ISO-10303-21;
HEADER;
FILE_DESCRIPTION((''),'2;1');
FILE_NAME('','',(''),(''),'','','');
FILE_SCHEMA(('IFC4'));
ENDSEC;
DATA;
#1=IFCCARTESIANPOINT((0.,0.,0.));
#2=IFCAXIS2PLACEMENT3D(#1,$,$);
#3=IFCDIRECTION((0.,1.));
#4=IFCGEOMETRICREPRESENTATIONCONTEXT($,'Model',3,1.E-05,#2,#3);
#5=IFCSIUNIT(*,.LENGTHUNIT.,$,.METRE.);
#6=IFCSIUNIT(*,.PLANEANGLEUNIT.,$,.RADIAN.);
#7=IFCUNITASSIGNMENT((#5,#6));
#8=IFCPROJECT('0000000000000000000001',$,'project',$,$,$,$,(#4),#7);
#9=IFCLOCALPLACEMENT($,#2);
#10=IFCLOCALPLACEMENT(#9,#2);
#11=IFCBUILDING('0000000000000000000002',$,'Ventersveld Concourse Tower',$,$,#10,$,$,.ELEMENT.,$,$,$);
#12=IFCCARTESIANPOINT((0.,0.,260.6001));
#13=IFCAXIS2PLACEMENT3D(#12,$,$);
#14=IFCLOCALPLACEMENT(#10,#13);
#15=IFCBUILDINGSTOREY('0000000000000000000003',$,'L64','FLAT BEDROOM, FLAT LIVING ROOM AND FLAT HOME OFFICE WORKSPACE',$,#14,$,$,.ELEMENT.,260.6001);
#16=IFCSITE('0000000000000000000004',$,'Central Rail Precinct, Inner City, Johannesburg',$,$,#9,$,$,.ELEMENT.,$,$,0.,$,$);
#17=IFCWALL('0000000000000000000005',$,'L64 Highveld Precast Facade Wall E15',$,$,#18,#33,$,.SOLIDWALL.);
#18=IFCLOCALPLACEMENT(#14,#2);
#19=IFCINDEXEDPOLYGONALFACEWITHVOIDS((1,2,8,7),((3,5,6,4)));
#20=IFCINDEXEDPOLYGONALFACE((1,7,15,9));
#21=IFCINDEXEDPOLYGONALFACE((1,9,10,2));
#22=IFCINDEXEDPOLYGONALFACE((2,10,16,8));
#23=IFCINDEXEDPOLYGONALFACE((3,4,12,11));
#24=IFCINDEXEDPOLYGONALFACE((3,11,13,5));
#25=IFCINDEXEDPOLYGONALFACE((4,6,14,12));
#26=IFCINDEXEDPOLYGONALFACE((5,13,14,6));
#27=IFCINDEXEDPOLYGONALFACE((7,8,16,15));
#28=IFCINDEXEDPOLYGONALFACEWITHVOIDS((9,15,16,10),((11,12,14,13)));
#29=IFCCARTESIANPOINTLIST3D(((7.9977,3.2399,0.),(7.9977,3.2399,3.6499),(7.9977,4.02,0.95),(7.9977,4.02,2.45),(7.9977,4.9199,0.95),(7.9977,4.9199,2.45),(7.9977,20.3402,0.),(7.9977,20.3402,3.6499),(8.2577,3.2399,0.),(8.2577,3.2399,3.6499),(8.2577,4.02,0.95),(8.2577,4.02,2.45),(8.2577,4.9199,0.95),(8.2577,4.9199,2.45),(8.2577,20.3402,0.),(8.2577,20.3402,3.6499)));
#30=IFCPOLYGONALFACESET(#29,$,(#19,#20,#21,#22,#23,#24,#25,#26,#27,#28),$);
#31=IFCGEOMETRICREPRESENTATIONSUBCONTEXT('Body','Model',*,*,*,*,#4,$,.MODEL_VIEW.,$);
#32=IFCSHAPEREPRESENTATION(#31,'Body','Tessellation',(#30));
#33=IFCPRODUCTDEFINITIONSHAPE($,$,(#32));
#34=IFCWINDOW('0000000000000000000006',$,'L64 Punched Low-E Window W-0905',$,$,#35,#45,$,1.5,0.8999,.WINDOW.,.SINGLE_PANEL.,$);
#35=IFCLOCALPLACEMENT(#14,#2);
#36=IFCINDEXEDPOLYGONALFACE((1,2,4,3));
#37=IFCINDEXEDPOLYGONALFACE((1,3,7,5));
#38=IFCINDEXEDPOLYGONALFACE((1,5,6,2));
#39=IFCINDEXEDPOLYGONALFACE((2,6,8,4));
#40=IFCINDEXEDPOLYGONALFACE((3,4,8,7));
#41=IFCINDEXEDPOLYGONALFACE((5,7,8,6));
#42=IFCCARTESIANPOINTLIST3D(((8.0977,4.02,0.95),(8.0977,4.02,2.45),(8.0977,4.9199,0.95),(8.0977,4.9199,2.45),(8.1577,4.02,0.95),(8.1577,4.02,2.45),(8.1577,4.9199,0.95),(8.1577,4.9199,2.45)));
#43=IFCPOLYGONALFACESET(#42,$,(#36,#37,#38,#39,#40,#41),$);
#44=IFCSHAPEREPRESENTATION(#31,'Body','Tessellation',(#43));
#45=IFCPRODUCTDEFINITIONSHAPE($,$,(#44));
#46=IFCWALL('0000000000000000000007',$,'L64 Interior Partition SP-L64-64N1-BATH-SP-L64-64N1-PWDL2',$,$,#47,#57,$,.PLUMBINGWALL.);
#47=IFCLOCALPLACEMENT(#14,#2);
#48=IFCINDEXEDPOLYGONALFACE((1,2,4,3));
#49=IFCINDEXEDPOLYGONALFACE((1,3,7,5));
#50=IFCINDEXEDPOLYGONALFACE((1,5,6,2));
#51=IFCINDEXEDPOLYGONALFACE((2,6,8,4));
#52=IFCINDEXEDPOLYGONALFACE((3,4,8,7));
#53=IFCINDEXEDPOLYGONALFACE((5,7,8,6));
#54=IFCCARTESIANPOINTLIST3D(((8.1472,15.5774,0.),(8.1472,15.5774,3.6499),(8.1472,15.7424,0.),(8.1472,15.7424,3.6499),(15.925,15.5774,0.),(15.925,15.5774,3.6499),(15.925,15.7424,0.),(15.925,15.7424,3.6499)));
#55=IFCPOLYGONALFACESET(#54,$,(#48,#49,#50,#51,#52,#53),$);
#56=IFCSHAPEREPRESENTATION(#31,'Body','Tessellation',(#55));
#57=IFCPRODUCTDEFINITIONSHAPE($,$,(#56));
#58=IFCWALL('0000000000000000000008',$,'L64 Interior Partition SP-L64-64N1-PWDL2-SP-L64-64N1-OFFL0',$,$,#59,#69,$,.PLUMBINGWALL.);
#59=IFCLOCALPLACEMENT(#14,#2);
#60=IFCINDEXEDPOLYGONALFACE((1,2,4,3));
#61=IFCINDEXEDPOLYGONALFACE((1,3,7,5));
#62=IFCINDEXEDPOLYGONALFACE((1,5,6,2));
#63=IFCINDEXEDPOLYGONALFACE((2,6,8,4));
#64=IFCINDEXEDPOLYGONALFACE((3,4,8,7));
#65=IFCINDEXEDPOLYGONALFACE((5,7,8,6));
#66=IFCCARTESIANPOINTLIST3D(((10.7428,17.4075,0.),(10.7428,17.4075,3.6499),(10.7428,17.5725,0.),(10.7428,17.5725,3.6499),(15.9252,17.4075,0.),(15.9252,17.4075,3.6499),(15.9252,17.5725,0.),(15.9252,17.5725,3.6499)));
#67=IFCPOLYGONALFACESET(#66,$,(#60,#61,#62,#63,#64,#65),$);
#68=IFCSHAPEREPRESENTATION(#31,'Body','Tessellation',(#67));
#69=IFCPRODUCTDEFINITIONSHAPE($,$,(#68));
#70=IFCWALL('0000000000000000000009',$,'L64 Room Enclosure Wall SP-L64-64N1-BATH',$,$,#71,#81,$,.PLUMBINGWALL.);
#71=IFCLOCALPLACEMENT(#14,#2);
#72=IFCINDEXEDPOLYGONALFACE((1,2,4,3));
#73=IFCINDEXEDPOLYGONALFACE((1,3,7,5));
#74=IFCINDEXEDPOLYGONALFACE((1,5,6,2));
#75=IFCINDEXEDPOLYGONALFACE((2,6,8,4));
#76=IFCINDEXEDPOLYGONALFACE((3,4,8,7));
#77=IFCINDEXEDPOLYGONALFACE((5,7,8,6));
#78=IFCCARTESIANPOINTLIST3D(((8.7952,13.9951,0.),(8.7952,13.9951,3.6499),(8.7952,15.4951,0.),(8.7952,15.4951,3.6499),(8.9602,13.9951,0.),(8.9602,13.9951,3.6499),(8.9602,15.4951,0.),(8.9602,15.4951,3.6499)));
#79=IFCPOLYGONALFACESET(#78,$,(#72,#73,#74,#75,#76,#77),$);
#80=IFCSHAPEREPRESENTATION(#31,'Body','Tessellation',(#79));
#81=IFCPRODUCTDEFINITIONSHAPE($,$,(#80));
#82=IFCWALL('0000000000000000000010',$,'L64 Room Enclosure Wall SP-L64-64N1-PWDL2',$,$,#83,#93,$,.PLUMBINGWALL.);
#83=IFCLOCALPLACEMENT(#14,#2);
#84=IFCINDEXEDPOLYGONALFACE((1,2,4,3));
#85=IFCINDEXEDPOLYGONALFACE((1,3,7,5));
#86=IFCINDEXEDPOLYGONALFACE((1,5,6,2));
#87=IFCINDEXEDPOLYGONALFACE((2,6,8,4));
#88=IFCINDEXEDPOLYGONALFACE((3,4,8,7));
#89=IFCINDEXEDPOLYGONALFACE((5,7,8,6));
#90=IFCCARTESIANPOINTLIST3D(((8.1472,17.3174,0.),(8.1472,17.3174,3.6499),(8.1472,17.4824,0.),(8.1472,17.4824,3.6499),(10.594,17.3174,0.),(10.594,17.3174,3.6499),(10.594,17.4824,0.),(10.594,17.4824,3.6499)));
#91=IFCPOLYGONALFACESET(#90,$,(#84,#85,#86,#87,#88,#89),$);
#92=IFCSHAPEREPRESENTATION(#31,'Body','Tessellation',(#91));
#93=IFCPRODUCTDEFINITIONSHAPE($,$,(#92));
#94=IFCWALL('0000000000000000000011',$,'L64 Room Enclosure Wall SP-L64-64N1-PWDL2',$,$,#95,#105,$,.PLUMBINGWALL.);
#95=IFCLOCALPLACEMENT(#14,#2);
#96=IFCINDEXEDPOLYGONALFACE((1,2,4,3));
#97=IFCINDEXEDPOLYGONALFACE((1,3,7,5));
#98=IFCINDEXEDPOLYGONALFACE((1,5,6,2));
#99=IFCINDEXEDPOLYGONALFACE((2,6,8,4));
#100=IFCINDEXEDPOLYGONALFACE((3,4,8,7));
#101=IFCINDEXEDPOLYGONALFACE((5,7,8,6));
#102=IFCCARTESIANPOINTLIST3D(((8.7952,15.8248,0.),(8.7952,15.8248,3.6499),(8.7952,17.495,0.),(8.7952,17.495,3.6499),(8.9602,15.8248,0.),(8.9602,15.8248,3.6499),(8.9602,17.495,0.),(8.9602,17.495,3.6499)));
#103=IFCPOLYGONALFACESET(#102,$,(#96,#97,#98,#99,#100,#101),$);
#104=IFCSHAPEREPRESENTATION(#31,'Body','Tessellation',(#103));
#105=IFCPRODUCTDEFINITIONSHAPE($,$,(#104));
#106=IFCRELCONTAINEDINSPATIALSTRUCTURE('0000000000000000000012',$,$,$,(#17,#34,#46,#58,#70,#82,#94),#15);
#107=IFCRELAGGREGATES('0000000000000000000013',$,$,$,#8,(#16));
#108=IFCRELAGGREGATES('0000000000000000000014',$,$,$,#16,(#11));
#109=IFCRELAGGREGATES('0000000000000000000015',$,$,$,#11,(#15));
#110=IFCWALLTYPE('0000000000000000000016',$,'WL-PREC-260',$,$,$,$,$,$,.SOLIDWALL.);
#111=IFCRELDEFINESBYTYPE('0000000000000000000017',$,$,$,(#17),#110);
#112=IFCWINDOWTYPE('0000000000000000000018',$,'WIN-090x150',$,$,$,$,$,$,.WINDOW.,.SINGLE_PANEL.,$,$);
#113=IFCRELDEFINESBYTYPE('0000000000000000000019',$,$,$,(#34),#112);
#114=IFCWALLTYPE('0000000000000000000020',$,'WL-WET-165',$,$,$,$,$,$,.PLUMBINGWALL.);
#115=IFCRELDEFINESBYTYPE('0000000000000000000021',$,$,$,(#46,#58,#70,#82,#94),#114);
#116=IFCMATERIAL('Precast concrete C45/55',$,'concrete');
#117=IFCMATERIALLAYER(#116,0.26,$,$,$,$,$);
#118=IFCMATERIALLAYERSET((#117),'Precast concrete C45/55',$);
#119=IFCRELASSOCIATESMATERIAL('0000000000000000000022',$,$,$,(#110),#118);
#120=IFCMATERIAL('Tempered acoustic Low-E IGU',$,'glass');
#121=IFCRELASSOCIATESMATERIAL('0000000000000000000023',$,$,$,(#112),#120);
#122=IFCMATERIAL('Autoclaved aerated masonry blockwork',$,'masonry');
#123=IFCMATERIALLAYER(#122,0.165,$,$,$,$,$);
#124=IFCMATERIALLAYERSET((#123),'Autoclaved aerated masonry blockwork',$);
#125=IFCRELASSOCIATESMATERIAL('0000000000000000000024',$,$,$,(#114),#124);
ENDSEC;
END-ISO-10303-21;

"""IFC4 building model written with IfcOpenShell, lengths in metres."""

from ifc_helpers import new_model, si_unit, direction, frame, frame_2d, origin, place, context, subcontext, project, spatial, rectangle, extrude, material, layer, layer_set, type_object, element, fill, save


model = new_model("IFC4")

# Units and contexts
model_context = context("Model", 3, precision=1e-05, world=origin(), true_north=direction((0.0, 1.0)))
body_context = subcontext(model_context, "Body", "Model", "MODEL_VIEW")
ifc_project = project(units=[si_unit("LENGTHUNIT", "METRE"), si_unit("PLANEANGLEUNIT", "RADIAN")], contexts=[model_context])

# Site, building, storey
site_placement = place(None, origin())
site = spatial("IfcSite", under=ifc_project, at=site_placement, Name="Central Rail Precinct, Inner City, Johannesburg", CompositionType="ELEMENT", RefElevation=0.0)
building_placement = place(site_placement, origin())
building = spatial("IfcBuilding", under=site, at=building_placement, Name="Ventersveld Concourse Tower", CompositionType="ELEMENT")
storey_placement = place(building_placement, frame((0.0, 0.0, 260.6001)))
storey = spatial("IfcBuildingStorey", under=building, at=storey_placement, Name="L64", Description="FLAT BEDROOM, FLAT LIVING ROOM AND FLAT HOME OFFICE WORKSPACE", CompositionType="ELEMENT", Elevation=260.6001)

# Shared definitions
ifc_material_1 = material(Name="Precast concrete C45/55", Category="concrete")

# Shared definitions
ifc_layer_1 = layer(ifc_material_1, 0.26)
ifc_layer_set_1 = layer_set([ifc_layer_1], Name="Precast concrete C45/55")
wall_type_1 = type_object("IfcWallType", Name="WL-PREC-260", PredefinedType="SOLIDWALL", material=ifc_layer_set_1)

# Wall, opening, window
wall_1_placement = place(storey_placement, frame((8.1277, 20.3403, 0.0), z_axis=(0.0, 0.0, 1.0), x_axis=(0.0, -1.0, 0.0)))
wall_1 = element("IfcWall", 1, at=wall_1_placement, inside=storey, type_object=wall_type_1, Name="L64 Highveld Precast Facade Wall E15", PredefinedType="SOLIDWALL", context=body_context, shape_type="SweptSolid", body=[
    extrude(rectangle(XDim=17.1003, YDim=0.26, at=frame_2d((8.5503, 0.0))), origin(), (0.0, 0.0, 1.0), 3.6499),
])
opening_1_placement = place(wall_1_placement, frame((15.4204, 0.0, 0.95)))
opening_1 = element("IfcOpeningElement", 2, at=opening_1_placement, cuts=wall_1, PredefinedType="OPENING", context=body_context, shape_type="SweptSolid", body=[
    extrude(rectangle(XDim=0.8999, YDim=1.5, at=frame_2d((0.45, 0.75))), frame((0.0, 0.1401, 0.0), z_axis=(0.0, -1.0, 0.0), x_axis=(1.0, 0.0, 0.0)), (0.0, 0.0, 1.0), 0.28),
])
ifc_material_2 = material(Name="Tempered acoustic Low-E IGU", Category="glass")
window_type = type_object("IfcWindowType", Name="WIN-090x150", PartitioningType="SINGLE_PANEL", PredefinedType="WINDOW", material=ifc_material_2)
window_placement = place(opening_1_placement, origin())
window = element("IfcWindow", 3, at=window_placement, inside=storey, type_object=window_type, Name="L64 Punched Low-E Window W-0905", OverallHeight=1.5, OverallWidth=0.8999, PartitioningType="SINGLE_PANEL", PredefinedType="WINDOW", context=body_context, shape_type="SweptSolid", body=[
    extrude(rectangle(XDim=0.8999, YDim=1.5, at=frame_2d((0.45, 0.75))), frame((0.0, 0.03, 0.0), z_axis=(0.0, -1.0, 0.0), x_axis=(1.0, 0.0, 0.0)), (0.0, 0.0, 1.0), 0.0601),
])
fill(opening_1, window)

# Walls
ifc_material_3 = material(Name="Autoclaved aerated masonry blockwork", Category="masonry")
ifc_layer_2 = layer(ifc_material_3, 0.165)
ifc_layer_set_2 = layer_set([ifc_layer_2], Name="Autoclaved aerated masonry blockwork")
wall_type_2 = type_object("IfcWallType", Name="WL-WET-165", PredefinedType="PLUMBINGWALL", material=ifc_layer_set_2)
wall_2_placement = place(storey_placement, frame((8.1472, 15.6599, 0.0), z_axis=(0.0, 0.0, 1.0), x_axis=(1.0, 0.0, 0.0)))
element("IfcWall", 4, at=wall_2_placement, inside=storey, type_object=wall_type_2, Name="L64 Interior Partition SP-L64-64N1-BATH-SP-L64-64N1-PWDL2", PredefinedType="PLUMBINGWALL", context=body_context, shape_type="SweptSolid", body=[
    extrude(rectangle(XDim=7.7778, YDim=0.165, at=frame_2d((3.8889, 0.0))), origin(), (0.0, 0.0, 1.0), 3.6499),
])
wall_3_placement = place(storey_placement, frame((10.7427, 17.49, 0.0), z_axis=(0.0, 0.0, 1.0), x_axis=(1.0, 0.0, 0.0)))
element("IfcWall", 5, at=wall_3_placement, inside=storey, type_object=wall_type_2, Name="L64 Interior Partition SP-L64-64N1-PWDL2-SP-L64-64N1-OFFL0", PredefinedType="PLUMBINGWALL", context=body_context, shape_type="SweptSolid", body=[
    extrude(rectangle(XDim=5.1824, YDim=0.165, at=frame_2d((2.5913, 0.0))), origin(), (0.0, 0.0, 1.0), 3.6499),
])
wall_4_placement = place(storey_placement, frame((8.8777, 13.9951, 0.0), z_axis=(0.0, 0.0, 1.0), x_axis=(0.0, 1.0, 0.0)))
element("IfcWall", 6, at=wall_4_placement, inside=storey, type_object=wall_type_2, Name="L64 Room Enclosure Wall SP-L64-64N1-BATH", PredefinedType="PLUMBINGWALL", context=body_context, shape_type="SweptSolid", body=[
    extrude(rectangle(XDim=1.5, YDim=0.165, at=frame_2d((0.75, 0.0))), origin(), (0.0, 0.0, 1.0), 3.6499),
])
wall_5_placement = place(storey_placement, frame((8.1472, 17.3999, 0.0), z_axis=(0.0, 0.0, 1.0), x_axis=(1.0, 0.0, 0.0)))
element("IfcWall", 7, at=wall_5_placement, inside=storey, type_object=wall_type_2, Name="L64 Room Enclosure Wall SP-L64-64N1-PWDL2", PredefinedType="PLUMBINGWALL", context=body_context, shape_type="SweptSolid", body=[
    extrude(rectangle(XDim=2.4468, YDim=0.165, at=frame_2d((1.2234, 0.0))), origin(), (0.0, 0.0, 1.0), 3.6499),
])
wall_6_placement = place(storey_placement, frame((8.8777, 15.825, 0.0), z_axis=(0.0, 0.0, 1.0), x_axis=(0.0, 1.0, 0.0)))
element("IfcWall", 8, at=wall_6_placement, inside=storey, type_object=wall_type_2, Name="L64 Room Enclosure Wall SP-L64-64N1-PWDL2", PredefinedType="PLUMBINGWALL", context=body_context, shape_type="SweptSolid", body=[
    extrude(rectangle(XDim=1.6702, YDim=0.165, at=frame_2d((0.835, 0.0))), origin(), (0.0, 0.0, 1.0), 3.6499),
])

save(model, "model.ifc")
